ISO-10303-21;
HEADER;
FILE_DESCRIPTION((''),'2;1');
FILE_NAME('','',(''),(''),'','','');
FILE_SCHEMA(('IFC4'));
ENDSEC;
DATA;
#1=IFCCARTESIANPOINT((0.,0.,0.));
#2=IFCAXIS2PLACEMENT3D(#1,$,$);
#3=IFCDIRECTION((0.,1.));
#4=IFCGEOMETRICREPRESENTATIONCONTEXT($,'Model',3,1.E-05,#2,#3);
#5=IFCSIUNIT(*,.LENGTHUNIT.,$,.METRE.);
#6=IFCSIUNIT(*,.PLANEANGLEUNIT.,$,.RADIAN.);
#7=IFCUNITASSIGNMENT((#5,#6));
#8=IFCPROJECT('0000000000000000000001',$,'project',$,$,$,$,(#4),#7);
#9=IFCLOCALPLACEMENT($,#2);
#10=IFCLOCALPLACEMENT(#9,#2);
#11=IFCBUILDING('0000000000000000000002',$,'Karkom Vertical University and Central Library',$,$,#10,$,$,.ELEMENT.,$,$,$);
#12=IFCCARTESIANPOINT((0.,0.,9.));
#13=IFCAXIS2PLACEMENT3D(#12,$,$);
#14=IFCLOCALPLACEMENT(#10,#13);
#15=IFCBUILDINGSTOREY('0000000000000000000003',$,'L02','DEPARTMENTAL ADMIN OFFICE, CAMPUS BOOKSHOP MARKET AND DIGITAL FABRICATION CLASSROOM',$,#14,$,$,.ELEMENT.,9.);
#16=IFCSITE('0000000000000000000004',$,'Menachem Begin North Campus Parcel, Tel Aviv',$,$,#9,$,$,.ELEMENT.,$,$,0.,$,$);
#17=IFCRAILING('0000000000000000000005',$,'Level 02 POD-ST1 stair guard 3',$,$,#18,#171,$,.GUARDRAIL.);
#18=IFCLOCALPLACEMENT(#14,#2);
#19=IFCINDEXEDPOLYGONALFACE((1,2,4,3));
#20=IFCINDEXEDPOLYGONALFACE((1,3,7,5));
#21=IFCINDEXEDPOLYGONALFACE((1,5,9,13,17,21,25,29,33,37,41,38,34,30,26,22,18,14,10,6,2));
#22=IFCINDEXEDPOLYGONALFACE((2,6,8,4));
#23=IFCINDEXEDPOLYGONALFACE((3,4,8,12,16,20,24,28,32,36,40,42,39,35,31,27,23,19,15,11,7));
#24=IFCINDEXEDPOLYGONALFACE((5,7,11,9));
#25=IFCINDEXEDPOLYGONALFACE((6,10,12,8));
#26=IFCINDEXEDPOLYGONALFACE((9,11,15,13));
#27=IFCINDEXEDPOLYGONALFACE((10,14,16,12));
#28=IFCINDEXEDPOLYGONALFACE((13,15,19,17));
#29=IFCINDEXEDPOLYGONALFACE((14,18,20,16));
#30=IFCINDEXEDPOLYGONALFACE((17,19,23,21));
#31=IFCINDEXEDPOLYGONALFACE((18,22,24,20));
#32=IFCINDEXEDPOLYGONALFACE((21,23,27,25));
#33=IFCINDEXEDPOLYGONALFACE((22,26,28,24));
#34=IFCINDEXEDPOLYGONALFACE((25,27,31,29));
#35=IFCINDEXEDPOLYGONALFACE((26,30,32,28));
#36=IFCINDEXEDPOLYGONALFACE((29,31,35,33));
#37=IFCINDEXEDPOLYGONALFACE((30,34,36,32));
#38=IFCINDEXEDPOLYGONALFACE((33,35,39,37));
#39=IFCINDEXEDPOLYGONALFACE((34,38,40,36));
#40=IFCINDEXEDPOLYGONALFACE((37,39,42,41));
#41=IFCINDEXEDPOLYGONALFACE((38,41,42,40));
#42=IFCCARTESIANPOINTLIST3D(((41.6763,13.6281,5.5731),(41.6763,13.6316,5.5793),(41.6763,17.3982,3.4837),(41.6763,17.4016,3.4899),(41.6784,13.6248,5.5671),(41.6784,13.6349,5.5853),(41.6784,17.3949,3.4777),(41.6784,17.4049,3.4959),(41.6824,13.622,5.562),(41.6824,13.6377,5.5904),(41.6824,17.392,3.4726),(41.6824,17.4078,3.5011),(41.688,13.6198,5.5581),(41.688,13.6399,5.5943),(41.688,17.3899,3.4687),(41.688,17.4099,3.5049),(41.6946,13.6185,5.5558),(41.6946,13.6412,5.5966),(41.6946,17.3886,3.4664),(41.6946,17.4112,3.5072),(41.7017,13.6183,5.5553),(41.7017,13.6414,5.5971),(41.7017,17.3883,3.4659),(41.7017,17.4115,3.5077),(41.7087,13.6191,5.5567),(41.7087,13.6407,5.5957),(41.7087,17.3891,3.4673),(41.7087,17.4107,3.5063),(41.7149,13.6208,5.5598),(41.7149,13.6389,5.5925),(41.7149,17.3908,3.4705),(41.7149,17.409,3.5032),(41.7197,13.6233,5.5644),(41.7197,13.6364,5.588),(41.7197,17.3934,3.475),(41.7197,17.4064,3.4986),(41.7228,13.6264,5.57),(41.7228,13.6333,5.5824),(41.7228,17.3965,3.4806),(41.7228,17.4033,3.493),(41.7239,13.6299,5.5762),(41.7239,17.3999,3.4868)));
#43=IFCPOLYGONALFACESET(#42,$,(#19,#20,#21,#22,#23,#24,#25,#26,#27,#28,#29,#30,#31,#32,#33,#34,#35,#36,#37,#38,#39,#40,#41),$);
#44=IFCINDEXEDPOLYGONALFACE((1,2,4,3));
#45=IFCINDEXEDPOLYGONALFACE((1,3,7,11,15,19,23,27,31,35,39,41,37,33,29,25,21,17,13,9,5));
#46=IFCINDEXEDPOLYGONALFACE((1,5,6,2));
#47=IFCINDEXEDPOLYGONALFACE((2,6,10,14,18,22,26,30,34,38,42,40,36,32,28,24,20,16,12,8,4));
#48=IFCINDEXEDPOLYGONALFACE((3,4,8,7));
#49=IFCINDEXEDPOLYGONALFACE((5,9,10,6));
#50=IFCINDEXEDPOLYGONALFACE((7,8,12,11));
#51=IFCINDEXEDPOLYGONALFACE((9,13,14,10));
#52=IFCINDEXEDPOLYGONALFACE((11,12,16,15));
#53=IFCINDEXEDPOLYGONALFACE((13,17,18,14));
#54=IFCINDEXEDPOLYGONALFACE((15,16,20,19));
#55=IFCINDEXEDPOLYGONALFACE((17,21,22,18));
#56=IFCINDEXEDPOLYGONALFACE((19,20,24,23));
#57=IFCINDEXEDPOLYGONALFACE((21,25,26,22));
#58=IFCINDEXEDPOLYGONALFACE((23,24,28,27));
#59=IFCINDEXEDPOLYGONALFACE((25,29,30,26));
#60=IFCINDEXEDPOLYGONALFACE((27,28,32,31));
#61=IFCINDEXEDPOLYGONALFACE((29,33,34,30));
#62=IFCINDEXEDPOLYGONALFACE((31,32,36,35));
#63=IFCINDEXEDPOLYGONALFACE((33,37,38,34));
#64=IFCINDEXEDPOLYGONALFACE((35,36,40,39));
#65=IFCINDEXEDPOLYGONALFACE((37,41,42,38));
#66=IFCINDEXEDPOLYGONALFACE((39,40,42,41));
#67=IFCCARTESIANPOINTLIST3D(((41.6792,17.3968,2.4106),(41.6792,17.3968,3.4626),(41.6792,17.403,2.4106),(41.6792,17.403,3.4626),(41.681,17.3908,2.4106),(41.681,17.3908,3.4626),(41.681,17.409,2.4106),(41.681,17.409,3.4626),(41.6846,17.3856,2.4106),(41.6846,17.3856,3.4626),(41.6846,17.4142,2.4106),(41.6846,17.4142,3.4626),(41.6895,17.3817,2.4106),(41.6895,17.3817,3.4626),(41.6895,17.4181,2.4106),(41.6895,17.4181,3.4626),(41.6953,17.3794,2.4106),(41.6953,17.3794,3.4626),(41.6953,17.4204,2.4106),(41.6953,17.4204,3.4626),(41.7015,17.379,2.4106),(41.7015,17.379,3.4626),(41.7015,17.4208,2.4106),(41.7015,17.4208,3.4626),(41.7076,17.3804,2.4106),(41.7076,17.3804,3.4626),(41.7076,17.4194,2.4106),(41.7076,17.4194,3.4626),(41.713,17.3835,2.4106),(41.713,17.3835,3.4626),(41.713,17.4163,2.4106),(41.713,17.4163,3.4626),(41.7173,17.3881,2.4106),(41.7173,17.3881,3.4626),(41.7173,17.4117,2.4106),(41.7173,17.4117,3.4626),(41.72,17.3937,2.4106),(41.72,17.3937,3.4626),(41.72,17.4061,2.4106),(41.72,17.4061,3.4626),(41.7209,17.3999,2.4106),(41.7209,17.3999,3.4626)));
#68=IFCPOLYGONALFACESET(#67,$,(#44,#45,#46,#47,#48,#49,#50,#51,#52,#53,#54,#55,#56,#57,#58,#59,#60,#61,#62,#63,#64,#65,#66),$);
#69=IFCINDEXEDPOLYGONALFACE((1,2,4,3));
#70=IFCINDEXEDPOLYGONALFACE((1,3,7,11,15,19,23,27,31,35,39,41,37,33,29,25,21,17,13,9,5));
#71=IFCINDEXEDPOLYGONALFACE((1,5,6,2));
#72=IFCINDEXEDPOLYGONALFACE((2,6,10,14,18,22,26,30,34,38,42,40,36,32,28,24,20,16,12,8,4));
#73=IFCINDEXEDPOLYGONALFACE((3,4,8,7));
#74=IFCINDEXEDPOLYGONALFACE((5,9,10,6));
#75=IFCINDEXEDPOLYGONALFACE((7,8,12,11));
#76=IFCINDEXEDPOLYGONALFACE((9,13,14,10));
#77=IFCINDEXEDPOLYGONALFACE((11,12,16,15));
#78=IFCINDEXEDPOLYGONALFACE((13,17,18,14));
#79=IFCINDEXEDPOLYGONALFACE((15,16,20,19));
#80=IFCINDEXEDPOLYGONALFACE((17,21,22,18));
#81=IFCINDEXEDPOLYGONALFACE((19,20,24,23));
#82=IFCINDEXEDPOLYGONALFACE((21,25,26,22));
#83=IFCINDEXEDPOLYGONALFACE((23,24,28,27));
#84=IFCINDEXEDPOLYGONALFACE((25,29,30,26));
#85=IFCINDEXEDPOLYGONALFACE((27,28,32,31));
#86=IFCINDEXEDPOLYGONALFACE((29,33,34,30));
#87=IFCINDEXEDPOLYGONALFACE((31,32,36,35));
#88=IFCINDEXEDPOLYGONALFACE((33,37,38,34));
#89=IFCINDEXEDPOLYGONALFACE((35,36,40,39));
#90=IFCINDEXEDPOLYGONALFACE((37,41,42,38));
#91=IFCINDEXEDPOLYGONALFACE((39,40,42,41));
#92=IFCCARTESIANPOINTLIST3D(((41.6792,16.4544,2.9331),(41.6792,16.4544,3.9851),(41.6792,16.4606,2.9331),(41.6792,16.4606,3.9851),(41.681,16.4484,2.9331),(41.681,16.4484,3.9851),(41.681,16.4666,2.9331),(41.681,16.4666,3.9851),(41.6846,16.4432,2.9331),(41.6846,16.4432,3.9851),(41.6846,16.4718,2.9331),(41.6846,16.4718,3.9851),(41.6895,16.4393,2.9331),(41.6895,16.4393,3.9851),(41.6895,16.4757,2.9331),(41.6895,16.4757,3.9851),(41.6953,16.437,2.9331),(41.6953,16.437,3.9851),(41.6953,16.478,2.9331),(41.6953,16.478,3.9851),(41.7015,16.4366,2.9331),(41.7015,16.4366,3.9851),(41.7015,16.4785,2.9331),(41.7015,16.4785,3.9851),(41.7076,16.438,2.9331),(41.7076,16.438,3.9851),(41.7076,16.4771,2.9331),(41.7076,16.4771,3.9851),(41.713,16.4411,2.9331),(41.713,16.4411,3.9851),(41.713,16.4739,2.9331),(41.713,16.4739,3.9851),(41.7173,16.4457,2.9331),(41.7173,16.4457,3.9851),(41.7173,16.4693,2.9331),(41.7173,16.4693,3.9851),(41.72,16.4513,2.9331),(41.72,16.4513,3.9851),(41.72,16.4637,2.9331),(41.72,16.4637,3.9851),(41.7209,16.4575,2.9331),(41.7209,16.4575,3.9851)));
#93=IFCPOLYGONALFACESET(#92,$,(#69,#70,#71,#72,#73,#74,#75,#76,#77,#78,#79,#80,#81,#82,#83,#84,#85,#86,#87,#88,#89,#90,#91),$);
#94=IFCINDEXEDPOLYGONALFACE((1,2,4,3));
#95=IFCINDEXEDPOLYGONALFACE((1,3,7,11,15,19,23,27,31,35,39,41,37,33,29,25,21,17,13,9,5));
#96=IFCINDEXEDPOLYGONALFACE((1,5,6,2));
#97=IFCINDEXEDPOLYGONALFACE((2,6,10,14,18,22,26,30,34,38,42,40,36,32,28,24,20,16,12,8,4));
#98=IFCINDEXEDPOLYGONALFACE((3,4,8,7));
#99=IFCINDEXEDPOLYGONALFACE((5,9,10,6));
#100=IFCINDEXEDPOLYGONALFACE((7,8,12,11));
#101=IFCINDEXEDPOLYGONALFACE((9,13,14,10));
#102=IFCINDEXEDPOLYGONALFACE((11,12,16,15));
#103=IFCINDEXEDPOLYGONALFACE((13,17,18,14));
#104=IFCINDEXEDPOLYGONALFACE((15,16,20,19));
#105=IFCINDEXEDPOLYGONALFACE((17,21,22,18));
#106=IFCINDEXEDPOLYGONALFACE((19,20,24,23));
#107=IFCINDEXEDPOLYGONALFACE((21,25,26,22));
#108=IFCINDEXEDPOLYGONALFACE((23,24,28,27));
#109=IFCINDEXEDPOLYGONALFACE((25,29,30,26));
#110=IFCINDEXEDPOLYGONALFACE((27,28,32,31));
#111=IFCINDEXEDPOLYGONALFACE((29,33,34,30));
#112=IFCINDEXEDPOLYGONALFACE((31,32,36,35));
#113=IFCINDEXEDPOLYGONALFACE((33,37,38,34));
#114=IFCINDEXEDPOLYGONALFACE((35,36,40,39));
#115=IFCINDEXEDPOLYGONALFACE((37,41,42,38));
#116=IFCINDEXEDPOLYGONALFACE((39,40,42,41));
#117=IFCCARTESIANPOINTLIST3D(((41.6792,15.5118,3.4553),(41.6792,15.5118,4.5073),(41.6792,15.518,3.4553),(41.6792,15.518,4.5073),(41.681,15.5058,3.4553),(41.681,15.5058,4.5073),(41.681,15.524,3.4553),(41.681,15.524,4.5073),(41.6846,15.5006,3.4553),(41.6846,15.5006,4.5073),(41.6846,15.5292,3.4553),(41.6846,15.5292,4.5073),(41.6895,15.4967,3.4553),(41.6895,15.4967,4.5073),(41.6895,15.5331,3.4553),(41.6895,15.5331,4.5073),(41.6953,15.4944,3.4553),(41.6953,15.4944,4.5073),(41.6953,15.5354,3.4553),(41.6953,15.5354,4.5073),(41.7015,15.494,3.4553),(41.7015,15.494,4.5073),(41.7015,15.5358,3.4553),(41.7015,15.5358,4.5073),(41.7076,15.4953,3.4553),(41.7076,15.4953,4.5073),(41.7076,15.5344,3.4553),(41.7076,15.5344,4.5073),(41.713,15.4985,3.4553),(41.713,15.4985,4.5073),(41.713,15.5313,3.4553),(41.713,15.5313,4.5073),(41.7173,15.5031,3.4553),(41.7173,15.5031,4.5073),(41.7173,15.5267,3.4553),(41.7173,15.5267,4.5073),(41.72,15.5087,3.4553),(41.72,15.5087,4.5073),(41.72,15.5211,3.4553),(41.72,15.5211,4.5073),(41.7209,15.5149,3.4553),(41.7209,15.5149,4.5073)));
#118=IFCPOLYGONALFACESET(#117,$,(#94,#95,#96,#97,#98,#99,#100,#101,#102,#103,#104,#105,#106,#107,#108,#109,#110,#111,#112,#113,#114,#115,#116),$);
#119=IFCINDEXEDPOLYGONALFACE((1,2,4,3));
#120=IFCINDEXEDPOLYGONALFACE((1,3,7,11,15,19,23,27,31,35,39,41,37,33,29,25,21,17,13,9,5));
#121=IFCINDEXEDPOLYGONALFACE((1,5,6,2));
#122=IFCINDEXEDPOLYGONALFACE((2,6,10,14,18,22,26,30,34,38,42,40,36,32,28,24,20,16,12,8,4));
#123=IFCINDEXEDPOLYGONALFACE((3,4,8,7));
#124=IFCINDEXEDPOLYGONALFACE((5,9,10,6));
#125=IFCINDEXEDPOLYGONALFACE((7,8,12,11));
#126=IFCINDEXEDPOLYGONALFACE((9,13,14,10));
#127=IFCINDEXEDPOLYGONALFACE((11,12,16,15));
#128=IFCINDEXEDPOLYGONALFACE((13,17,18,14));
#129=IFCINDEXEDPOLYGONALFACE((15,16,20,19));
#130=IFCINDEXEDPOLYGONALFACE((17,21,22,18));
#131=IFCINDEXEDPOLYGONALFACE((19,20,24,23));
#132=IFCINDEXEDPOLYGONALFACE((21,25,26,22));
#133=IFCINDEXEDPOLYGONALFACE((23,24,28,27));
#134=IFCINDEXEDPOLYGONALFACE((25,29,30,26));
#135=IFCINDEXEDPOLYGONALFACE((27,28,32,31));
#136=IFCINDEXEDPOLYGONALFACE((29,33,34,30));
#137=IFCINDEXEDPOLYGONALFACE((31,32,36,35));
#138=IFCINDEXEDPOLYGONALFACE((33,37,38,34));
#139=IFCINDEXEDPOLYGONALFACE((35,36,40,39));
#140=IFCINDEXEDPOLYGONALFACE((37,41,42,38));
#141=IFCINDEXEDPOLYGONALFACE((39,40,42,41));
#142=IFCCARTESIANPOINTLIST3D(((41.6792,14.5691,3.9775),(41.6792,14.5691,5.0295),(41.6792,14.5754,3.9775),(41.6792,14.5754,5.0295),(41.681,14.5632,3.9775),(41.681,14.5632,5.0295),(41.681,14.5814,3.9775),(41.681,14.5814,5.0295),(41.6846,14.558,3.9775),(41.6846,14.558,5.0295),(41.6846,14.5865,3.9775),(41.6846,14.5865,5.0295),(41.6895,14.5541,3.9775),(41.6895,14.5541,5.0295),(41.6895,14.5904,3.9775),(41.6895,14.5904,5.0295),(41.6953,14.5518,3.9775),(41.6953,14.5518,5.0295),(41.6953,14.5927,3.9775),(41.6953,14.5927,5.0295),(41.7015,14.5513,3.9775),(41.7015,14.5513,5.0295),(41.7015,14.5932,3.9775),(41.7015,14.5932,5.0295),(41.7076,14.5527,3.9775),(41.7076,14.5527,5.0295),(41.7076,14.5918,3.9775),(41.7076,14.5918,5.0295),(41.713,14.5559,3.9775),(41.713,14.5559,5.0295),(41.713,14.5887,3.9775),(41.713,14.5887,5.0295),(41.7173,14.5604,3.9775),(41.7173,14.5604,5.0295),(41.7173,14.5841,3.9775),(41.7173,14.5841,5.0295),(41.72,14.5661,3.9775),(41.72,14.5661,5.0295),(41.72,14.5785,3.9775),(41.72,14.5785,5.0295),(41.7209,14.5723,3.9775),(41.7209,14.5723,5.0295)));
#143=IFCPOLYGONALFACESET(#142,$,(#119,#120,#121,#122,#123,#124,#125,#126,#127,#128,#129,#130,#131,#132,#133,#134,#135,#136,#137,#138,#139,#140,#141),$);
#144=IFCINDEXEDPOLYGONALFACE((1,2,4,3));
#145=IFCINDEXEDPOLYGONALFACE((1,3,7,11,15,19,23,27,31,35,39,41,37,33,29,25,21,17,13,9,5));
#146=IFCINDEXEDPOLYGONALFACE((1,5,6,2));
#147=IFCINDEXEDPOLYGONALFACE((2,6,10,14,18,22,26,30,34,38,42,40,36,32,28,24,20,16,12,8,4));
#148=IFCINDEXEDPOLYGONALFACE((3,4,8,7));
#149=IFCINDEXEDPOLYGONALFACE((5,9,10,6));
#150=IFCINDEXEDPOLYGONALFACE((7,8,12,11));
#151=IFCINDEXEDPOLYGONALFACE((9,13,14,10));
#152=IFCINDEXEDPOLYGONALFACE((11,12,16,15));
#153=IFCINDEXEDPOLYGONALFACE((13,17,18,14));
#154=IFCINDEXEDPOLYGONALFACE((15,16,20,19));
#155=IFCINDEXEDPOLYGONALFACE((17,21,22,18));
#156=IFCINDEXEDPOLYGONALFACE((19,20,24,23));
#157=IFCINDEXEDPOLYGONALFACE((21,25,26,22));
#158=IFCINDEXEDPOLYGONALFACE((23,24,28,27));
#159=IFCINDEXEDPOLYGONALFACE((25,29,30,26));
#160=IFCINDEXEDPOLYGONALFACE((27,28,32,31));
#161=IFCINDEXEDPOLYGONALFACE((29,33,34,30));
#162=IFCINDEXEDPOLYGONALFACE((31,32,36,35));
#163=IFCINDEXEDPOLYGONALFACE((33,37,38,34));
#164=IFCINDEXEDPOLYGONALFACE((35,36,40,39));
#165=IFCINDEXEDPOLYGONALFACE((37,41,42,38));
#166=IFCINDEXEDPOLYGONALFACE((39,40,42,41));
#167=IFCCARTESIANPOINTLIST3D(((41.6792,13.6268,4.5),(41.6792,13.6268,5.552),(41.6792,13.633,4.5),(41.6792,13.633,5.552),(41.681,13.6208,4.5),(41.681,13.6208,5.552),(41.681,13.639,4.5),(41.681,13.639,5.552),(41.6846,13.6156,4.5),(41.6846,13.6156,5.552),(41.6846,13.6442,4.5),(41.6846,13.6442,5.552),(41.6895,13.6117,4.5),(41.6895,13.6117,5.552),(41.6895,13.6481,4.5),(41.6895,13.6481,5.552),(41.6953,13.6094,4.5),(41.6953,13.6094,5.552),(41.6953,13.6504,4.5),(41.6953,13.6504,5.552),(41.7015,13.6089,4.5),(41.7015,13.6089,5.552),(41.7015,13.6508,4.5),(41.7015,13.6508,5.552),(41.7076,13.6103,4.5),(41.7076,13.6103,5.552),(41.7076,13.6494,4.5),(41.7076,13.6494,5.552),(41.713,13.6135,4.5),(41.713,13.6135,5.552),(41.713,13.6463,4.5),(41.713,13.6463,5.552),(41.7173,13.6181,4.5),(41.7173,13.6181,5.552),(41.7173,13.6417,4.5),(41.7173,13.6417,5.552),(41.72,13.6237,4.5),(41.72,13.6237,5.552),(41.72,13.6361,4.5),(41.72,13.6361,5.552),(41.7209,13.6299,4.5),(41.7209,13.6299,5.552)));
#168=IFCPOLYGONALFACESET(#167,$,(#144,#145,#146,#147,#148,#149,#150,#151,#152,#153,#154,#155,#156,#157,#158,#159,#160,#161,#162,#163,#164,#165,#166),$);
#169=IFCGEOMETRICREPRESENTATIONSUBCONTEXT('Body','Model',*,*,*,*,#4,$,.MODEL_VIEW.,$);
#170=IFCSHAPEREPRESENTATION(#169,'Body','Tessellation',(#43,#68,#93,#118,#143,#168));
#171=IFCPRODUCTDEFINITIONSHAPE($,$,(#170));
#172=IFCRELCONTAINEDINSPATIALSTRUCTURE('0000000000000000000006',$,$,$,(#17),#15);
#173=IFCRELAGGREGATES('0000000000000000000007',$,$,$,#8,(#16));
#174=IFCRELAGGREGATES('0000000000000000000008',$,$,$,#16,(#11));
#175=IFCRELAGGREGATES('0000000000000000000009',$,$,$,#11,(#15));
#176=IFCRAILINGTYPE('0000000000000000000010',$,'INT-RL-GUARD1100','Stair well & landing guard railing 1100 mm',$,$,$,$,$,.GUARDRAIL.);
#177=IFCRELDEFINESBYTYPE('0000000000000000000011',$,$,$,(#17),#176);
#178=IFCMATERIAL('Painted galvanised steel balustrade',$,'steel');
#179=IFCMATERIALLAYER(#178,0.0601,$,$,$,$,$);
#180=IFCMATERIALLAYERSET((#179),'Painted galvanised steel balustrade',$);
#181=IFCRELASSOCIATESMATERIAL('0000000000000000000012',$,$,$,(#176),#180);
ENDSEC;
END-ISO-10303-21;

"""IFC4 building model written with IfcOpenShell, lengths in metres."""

from ifc_helpers import new_model, si_unit, direction, frame, origin, origin_2d, place, context, subcontext, project, spatial, circle, extrude, material, layer, layer_set, type_object, element, save


model = new_model("IFC4")

# Units and contexts
model_context = context("Model", 3, precision=1e-05, world=origin(), true_north=direction((0.0, 1.0)))
body_context = subcontext(model_context, "Body", "Model", "MODEL_VIEW")
ifc_project = project(units=[si_unit("LENGTHUNIT", "METRE"), si_unit("PLANEANGLEUNIT", "RADIAN")], contexts=[model_context])

# Site, building, storey
site_placement = place(None, origin())
site = spatial("IfcSite", under=ifc_project, at=site_placement, Name="Menachem Begin North Campus Parcel, Tel Aviv", CompositionType="ELEMENT", RefElevation=0.0)
building_placement = place(site_placement, origin())
building = spatial("IfcBuilding", under=site, at=building_placement, Name="Karkom Vertical University and Central Library", CompositionType="ELEMENT")
storey_placement = place(building_placement, frame((0.0, 0.0, 9.0)))
storey = spatial("IfcBuildingStorey", under=building, at=storey_placement, Name="L02", Description="DEPARTMENTAL ADMIN OFFICE, CAMPUS BOOKSHOP MARKET AND DIGITAL FABRICATION CLASSROOM", CompositionType="ELEMENT", Elevation=9.0)

# Railing
ifc_material_1 = material(Name="Painted galvanised steel balustrade", Category="steel")
ifc_layer_1 = layer(ifc_material_1, 0.0601)
ifc_layer_set_1 = layer_set([ifc_layer_1], Name="Painted galvanised steel balustrade")
railing_type_1 = type_object("IfcRailingType", Name="INT-RL-GUARD1100", Description="Stair well & landing guard railing 1100 mm", PredefinedType="GUARDRAIL", material=ifc_layer_set_1)
railing_1_placement = place(storey_placement, frame((41.7, 17.3999, 2.4106)))
element("IfcRailing", 1, at=railing_1_placement, inside=storey, type_object=railing_type_1, Name="Level 02 POD-ST1 stair guard 3", PredefinedType="GUARDRAIL", context=body_context, shape_type="SweptSolid", body=[
    extrude(circle(Radius=0.0239, at=origin_2d()), frame((0.0, 0.0, 1.0762), z_axis=(0.0, -0.874659, 0.484739), x_axis=(1.0, 0.0, 0.0)), (0.0, 0.0, 1.0), 4.3103),
    extrude(circle(Radius=0.021, at=origin_2d()), origin(), (0.0, 0.0, 1.0), 1.052),
    extrude(circle(Radius=0.021, at=origin_2d()), frame((0.0, -0.9424, 0.5225)), (0.0, 0.0, 1.0), 1.052),
    extrude(circle(Radius=0.021, at=origin_2d()), frame((0.0, -1.885, 1.0447)), (0.0, 0.0, 1.0), 1.052),
    extrude(circle(Radius=0.021, at=origin_2d()), frame((0.0, -2.8276, 1.5669)), (0.0, 0.0, 1.0), 1.052),
    extrude(circle(Radius=0.021, at=origin_2d()), frame((0.0, -3.77, 2.0894)), (0.0, 0.0, 1.0), 1.052),
])

save(model, "model.ifc")
